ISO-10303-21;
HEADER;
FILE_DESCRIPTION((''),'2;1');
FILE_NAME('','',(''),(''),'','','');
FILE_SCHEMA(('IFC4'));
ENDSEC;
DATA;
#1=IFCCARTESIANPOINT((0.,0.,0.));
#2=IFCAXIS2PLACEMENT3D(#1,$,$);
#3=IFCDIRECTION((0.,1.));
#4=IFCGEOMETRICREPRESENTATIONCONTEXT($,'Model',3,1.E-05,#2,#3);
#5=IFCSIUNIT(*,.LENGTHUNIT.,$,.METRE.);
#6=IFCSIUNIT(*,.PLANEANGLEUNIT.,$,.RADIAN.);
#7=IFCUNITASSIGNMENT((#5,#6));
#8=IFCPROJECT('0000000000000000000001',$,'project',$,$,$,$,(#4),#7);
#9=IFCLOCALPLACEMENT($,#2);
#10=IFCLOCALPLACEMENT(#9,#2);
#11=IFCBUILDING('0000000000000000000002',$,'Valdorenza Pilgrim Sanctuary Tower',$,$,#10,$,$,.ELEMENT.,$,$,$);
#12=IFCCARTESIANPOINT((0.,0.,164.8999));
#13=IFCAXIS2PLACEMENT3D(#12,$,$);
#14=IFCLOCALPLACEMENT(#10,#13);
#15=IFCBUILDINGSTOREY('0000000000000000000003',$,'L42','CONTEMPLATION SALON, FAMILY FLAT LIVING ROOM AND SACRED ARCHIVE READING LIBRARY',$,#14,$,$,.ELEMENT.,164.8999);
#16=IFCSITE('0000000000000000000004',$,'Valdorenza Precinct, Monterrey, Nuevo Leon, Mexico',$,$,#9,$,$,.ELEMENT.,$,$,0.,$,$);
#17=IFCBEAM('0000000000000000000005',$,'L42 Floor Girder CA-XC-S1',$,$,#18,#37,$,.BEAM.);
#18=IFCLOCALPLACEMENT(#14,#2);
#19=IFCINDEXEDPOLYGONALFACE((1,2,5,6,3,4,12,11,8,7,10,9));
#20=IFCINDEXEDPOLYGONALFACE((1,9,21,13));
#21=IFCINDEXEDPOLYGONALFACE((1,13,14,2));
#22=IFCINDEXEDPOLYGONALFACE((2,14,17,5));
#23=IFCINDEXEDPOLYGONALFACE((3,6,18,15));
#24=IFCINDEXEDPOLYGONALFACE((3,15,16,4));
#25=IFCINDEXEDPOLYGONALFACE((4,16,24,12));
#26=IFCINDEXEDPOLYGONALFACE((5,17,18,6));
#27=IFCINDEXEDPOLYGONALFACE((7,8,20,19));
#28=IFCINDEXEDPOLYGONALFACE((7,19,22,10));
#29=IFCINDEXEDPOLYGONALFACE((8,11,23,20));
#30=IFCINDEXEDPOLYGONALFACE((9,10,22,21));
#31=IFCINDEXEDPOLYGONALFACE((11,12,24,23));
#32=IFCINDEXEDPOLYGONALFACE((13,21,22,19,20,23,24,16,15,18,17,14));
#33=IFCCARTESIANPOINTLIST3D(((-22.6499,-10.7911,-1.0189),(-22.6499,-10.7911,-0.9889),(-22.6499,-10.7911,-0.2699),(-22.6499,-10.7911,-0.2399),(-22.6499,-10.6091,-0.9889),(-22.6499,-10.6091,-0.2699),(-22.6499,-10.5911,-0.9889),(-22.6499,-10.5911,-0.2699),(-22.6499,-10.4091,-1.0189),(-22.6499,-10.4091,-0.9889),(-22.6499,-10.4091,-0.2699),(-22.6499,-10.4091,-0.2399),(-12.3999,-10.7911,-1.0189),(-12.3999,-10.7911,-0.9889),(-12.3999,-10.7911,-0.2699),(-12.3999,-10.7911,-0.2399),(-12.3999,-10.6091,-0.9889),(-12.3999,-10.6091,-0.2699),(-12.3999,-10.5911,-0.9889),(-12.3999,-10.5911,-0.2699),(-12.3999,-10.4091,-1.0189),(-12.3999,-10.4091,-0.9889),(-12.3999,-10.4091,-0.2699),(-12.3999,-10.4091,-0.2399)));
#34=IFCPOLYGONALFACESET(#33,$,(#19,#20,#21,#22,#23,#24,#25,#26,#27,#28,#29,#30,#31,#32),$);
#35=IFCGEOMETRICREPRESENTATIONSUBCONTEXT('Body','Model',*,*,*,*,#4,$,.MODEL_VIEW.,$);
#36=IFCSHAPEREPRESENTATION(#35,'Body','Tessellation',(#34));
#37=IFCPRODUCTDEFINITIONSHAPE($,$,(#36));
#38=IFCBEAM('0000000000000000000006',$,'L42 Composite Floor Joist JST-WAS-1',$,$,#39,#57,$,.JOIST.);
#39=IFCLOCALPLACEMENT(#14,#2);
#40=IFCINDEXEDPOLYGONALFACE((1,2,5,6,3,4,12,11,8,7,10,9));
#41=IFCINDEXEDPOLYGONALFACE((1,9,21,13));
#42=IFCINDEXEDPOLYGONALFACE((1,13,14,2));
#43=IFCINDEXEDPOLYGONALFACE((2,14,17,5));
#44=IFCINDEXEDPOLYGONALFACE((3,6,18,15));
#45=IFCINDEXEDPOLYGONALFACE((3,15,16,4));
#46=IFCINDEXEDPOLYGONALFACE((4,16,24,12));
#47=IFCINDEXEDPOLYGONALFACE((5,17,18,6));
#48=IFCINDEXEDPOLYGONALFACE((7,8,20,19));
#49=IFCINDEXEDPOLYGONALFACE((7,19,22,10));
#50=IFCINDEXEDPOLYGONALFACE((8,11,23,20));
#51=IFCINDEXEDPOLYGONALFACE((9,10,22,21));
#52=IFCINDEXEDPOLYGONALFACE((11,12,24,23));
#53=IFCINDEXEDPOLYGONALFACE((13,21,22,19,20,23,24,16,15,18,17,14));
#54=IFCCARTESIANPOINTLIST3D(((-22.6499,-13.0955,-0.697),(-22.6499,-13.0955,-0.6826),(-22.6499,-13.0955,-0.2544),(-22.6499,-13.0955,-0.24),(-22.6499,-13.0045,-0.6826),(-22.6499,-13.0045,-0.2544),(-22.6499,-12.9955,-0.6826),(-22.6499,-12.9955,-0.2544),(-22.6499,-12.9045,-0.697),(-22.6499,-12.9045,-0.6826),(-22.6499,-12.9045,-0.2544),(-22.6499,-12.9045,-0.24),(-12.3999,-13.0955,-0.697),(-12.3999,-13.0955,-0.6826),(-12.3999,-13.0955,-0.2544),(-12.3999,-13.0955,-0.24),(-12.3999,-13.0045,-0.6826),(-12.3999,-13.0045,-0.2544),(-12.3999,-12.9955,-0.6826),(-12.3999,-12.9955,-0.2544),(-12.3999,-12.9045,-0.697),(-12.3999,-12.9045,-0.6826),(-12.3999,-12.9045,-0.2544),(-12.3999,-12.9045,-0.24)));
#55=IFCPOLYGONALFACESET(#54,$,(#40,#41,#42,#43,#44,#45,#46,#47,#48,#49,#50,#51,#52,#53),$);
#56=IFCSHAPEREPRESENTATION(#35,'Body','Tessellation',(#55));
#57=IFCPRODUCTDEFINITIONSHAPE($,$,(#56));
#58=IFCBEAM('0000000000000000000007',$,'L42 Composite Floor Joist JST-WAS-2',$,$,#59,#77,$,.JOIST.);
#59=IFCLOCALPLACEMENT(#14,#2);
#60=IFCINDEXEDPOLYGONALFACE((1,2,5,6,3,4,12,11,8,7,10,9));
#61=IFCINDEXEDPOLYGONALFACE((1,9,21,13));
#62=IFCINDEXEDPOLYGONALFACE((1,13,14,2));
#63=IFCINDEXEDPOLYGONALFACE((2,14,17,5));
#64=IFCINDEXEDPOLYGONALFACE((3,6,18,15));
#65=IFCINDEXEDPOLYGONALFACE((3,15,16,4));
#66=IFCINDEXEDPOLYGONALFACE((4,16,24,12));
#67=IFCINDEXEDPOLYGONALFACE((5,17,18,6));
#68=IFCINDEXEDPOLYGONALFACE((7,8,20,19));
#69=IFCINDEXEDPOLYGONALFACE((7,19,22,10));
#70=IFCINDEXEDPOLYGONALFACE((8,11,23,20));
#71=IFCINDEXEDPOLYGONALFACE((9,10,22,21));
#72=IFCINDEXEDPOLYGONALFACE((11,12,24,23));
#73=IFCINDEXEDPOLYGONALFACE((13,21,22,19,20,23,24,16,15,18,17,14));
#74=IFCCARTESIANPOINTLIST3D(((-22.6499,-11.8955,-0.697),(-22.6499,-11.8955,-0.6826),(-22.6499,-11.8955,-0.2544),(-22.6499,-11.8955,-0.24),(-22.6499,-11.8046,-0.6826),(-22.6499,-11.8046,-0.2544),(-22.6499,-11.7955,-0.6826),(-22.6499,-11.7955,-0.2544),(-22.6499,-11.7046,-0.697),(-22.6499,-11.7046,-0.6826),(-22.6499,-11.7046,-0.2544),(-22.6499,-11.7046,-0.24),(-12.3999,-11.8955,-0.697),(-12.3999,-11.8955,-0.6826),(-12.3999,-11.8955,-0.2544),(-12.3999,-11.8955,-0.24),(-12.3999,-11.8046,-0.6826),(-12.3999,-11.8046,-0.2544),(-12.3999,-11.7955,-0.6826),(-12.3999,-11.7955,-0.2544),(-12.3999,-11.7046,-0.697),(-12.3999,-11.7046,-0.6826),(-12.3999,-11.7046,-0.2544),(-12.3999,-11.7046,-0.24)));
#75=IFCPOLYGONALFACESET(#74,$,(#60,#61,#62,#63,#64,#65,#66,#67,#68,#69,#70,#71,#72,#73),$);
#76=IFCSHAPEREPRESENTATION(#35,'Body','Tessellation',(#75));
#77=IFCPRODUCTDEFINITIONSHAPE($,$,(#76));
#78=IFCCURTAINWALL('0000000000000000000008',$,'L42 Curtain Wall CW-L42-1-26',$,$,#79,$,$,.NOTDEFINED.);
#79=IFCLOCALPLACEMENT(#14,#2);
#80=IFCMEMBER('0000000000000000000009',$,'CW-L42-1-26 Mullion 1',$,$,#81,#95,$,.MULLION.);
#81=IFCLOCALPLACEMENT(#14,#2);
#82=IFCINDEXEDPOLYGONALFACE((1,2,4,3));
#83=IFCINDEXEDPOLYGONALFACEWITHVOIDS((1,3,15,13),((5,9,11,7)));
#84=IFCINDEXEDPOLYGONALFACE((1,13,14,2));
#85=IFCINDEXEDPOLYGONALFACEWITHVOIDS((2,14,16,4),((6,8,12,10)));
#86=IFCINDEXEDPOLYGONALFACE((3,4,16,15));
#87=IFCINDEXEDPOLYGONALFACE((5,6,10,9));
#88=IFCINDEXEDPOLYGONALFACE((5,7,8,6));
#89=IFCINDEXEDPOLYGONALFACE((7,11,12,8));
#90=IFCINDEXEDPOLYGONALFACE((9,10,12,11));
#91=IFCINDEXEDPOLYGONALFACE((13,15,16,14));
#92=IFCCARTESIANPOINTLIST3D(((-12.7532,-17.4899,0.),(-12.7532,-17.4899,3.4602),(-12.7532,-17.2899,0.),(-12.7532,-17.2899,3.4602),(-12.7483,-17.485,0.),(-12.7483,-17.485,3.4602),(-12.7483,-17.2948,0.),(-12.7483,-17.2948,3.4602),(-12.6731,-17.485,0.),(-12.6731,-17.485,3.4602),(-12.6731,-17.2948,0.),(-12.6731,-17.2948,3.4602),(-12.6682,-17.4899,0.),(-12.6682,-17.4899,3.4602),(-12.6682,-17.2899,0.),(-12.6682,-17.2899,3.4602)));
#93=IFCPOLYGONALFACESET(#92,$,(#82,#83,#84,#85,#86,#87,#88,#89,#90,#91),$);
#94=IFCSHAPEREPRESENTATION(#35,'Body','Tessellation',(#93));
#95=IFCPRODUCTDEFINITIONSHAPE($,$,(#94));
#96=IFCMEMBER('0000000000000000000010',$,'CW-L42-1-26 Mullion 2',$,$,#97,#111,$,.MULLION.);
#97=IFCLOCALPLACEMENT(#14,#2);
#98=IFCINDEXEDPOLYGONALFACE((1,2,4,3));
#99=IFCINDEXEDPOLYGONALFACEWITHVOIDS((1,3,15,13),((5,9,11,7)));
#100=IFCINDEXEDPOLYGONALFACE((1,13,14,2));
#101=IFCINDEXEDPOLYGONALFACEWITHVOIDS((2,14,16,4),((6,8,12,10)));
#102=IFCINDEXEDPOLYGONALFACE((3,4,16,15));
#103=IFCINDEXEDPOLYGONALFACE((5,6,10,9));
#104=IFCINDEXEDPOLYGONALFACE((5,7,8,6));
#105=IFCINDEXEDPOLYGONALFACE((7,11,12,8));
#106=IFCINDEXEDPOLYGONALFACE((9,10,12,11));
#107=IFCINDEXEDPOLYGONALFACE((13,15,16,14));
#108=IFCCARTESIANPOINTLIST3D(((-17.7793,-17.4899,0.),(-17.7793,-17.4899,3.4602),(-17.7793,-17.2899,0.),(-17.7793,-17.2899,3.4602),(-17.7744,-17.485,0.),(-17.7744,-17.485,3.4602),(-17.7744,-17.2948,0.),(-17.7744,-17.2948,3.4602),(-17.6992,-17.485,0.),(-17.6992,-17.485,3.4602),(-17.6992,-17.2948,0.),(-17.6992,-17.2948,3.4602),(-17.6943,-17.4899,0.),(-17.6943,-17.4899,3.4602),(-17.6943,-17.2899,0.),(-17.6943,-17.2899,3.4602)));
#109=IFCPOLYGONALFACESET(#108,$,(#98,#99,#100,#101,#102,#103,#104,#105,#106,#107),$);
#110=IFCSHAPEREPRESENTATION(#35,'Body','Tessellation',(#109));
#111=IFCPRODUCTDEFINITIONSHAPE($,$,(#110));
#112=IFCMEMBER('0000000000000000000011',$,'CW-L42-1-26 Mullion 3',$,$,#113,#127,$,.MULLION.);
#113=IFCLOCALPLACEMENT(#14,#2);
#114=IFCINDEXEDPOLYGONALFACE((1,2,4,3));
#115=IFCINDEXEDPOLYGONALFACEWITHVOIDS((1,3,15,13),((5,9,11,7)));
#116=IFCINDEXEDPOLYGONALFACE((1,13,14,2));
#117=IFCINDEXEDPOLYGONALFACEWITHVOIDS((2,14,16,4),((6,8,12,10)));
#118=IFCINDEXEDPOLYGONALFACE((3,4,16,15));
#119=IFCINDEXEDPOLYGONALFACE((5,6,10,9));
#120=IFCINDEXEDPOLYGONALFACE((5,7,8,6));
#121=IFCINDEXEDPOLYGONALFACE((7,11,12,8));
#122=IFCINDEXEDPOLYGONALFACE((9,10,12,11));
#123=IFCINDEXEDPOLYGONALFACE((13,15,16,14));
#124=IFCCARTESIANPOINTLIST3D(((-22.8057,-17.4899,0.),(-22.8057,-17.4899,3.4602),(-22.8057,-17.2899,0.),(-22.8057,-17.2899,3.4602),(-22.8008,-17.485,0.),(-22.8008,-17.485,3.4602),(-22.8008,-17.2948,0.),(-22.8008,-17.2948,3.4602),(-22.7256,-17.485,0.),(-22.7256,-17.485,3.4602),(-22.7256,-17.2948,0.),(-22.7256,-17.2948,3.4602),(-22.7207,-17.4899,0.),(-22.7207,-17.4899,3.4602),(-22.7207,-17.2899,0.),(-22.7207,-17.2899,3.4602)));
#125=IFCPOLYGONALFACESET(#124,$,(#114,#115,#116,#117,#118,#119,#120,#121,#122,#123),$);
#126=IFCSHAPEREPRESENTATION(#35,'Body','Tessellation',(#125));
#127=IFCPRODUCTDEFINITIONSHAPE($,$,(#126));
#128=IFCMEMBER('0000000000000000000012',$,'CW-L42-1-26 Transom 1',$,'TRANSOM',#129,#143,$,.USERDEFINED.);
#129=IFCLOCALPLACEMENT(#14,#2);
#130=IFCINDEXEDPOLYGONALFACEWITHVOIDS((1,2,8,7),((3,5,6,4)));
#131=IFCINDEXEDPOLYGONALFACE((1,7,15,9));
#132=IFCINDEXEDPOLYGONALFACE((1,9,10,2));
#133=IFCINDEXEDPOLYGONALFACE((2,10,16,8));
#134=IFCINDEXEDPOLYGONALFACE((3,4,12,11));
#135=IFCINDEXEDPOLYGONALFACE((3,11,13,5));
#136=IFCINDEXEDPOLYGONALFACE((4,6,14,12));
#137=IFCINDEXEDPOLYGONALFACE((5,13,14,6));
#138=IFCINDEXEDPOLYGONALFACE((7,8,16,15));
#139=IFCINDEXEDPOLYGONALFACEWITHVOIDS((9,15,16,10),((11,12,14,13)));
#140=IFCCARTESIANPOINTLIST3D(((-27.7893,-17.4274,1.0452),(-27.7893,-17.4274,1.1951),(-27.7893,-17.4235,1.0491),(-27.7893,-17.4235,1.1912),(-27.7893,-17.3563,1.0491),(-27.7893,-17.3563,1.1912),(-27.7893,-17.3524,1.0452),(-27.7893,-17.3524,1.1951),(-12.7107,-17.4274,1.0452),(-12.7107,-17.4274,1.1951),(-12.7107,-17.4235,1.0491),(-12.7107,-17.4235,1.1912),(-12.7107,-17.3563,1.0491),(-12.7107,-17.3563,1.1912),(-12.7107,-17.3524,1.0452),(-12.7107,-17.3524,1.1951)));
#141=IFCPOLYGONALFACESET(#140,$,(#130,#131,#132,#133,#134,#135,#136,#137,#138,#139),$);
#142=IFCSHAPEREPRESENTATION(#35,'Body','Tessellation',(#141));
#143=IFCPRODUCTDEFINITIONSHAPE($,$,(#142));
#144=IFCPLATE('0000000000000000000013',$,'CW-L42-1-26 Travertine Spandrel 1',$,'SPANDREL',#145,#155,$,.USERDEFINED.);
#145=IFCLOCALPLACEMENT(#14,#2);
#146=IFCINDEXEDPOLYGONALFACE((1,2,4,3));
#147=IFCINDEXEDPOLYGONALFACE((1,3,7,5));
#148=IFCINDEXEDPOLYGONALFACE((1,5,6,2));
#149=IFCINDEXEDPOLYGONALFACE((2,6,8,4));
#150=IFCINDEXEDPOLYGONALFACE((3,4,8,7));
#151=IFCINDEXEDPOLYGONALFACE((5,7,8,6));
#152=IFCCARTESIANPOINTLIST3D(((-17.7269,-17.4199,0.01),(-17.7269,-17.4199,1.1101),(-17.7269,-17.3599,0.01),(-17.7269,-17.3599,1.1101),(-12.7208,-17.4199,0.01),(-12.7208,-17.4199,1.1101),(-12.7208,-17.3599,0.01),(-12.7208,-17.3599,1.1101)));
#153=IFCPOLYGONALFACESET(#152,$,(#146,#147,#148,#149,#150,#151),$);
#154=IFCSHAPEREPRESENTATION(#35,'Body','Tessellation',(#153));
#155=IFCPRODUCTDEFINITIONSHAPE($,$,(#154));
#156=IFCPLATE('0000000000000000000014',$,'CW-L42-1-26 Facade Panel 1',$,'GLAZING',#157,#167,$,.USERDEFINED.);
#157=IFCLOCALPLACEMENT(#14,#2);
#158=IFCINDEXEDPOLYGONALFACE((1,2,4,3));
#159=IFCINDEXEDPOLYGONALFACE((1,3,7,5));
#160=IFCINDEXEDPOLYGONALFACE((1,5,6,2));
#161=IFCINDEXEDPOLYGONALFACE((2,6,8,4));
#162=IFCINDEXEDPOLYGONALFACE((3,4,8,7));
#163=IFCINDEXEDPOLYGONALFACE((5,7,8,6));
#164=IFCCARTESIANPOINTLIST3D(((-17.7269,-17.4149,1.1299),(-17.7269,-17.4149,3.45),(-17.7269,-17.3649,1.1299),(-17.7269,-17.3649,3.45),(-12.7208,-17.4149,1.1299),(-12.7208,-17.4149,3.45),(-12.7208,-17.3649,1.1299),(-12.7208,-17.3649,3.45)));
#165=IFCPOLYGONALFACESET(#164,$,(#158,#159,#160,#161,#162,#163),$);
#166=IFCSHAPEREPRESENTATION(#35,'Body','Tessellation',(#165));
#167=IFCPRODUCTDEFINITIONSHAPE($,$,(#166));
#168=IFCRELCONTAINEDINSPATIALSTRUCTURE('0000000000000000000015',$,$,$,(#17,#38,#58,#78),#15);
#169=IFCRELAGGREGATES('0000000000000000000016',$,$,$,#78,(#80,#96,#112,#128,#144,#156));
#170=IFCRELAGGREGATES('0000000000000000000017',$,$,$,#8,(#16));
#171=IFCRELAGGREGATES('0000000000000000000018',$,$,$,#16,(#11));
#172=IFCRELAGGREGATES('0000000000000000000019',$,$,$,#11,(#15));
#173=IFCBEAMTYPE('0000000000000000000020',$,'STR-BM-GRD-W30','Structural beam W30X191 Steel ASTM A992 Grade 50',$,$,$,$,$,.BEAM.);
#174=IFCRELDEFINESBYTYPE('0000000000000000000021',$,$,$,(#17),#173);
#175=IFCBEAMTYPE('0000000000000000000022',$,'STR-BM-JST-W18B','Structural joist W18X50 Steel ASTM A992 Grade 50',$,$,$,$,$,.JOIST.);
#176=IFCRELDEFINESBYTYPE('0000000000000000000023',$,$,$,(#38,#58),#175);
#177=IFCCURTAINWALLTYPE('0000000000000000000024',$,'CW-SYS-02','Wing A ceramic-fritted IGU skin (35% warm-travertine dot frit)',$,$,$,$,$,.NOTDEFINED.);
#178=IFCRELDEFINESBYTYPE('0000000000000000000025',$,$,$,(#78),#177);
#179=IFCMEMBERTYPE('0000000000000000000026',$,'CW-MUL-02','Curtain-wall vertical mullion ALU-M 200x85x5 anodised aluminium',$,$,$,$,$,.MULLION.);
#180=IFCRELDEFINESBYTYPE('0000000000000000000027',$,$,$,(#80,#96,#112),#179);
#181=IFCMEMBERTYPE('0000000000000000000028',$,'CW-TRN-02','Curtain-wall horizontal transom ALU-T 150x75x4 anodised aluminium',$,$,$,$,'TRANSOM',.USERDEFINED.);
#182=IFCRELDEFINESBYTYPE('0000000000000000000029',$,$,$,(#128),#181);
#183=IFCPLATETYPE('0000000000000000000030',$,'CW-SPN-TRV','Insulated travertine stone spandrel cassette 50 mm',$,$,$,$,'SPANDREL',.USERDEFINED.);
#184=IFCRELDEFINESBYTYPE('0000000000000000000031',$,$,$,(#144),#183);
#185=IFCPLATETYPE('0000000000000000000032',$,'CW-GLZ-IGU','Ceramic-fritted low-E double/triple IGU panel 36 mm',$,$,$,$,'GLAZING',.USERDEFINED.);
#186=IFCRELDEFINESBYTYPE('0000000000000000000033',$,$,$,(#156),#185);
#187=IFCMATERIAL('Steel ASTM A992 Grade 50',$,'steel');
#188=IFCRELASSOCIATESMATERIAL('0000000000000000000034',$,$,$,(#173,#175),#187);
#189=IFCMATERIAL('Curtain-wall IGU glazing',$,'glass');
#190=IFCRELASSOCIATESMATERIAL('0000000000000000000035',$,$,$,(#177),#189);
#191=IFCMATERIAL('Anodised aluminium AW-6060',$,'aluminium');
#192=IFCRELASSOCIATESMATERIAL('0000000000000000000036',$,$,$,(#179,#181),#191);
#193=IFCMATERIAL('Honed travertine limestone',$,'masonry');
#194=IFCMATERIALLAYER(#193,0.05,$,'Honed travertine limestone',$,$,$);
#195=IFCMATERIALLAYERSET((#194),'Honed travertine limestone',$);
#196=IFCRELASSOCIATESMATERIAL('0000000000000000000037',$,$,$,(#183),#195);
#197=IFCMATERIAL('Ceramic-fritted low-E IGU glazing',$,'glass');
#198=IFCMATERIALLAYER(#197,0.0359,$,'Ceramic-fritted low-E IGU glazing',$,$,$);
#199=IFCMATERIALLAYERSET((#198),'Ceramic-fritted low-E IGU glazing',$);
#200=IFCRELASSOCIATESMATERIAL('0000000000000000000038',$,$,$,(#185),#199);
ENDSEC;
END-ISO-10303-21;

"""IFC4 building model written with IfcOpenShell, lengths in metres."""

from ifc_helpers import new_model, si_unit, direction, frame, origin, origin_2d, place, context, subcontext, project, spatial, rectangle, hollow_rectangle, i_section, extrude, source, transform, mapped, material, layer, layer_set, material_profile, profile_set, type_object, element, aggregate, save


model = new_model("IFC4")

# Units and contexts
model_context = context("Model", 3, precision=1e-05, world=origin(), true_north=direction((0.0, 1.0)))
body_context = subcontext(model_context, "Body", "Model", "MODEL_VIEW")
ifc_project = project(units=[si_unit("LENGTHUNIT", "METRE"), si_unit("PLANEANGLEUNIT", "RADIAN")], contexts=[model_context])

# Site, building, storey
site_placement = place(None, origin())
site = spatial("IfcSite", under=ifc_project, at=site_placement, Name="Valdorenza Precinct, Monterrey, Nuevo Leon, Mexico", CompositionType="ELEMENT", RefElevation=0.0)
building_placement = place(site_placement, origin())
building = spatial("IfcBuilding", under=site, at=building_placement, Name="Valdorenza Pilgrim Sanctuary Tower", CompositionType="ELEMENT")
storey_placement = place(building_placement, frame((0.0, 0.0, 164.8999)))
storey = spatial("IfcBuildingStorey", under=building, at=storey_placement, Name="L42", Description="CONTEMPLATION SALON, FAMILY FLAT LIVING ROOM AND SACRED ARCHIVE READING LIBRARY", CompositionType="ELEMENT", Elevation=164.8999)

# Shared definitions
ifc_material_1 = material(Name="Steel ASTM A992 Grade 50", Category="steel")

# Beams
ifc_material_profile_1 = material_profile(ifc_material_1, i_section(OverallWidth=0.3821, OverallDepth=0.7791, WebThickness=0.0181, FlangeThickness=0.03, at=origin_2d()), Name="W30X191")
ifc_profile_set_1 = profile_set([ifc_material_profile_1], Name="Steel ASTM A992 Grade 50")
beam_type_1 = type_object("IfcBeamType", Name="STR-BM-GRD-W30", Description="Structural beam W30X191 Steel ASTM A992 Grade 50", PredefinedType="BEAM", material=ifc_profile_set_1)
shared_shape_1 = source(origin(), body_context, "Body", "SweptSolid", [
    extrude(i_section(OverallWidth=0.3821, OverallDepth=0.7791, WebThickness=0.0181, FlangeThickness=0.03, at=origin_2d()), origin(), (0.0, 0.0, 1.0), 10.25),
])
beam_1_placement = place(storey_placement, frame((-22.6499, -10.6001, -0.6294), z_axis=(1.0, 0.0, 0.0), x_axis=(0.0, 1.0, 0.0)))
element("IfcBeam", 1, at=beam_1_placement, inside=storey, type_object=beam_type_1, Name="L42 Floor Girder CA-XC-S1", PredefinedType="BEAM", context=body_context, shape_type="MappedRepresentation", body=[
    mapped(shared_shape_1, transform((0.0, 0.0, 0.0), x_axis=(1.0, 0.0, 0.0), y_axis=(0.0, 1.0, 0.0), z_axis=(0.0, 0.0, 1.0), scale=1.0)),
])
ifc_material_profile_2 = material_profile(ifc_material_1, i_section(OverallWidth=0.1909, OverallDepth=0.457, WebThickness=0.009, FlangeThickness=0.0144, at=origin_2d()), Name="W18X50")
ifc_profile_set_2 = profile_set([ifc_material_profile_2], Name="Steel ASTM A992 Grade 50")
beam_type_2 = type_object("IfcBeamType", Name="STR-BM-JST-W18B", Description="Structural joist W18X50 Steel ASTM A992 Grade 50", PredefinedType="JOIST", material=ifc_profile_set_2)
shared_shape_2 = source(origin(), body_context, "Body", "SweptSolid", [
    extrude(i_section(OverallWidth=0.1909, OverallDepth=0.457, WebThickness=0.009, FlangeThickness=0.0144, at=origin_2d()), origin(), (0.0, 0.0, 1.0), 10.25),
])
for number, where, z_axis, x_axis, name in (
    (2, (-22.6499, -13.0, -0.4685), (1.0, 0.0, 0.0), (0.0, 1.0, 0.0), "L42 Composite Floor Joist JST-WAS-1"),
    (3, (-22.6499, -11.8, -0.4685), (1.0, 0.0, 0.0), (0.0, 1.0, 0.0), "L42 Composite Floor Joist JST-WAS-2"),
):
    element("IfcBeam", number, at=place(storey_placement, frame(where, z_axis=z_axis, x_axis=x_axis)), inside=storey, type_object=beam_type_2, Name=name, PredefinedType="JOIST", context=body_context, shape_type="MappedRepresentation", body=[
        mapped(shared_shape_2, transform((0.0, 0.0, 0.0), x_axis=(1.0, 0.0, 0.0), y_axis=(0.0, 1.0, 0.0), z_axis=(0.0, 0.0, 1.0), scale=1.0)),
    ])

# Curtain wall, members, plates
ifc_material_2 = material(Name="Curtain-wall IGU glazing", Category="glass")
curtain_wall_type = type_object("IfcCurtainWallType", Name="CW-SYS-02", Description="Wing A ceramic-fritted IGU skin (35% warm-travertine dot frit)", PredefinedType="NOTDEFINED", material=ifc_material_2)
curtain_wall_placement = place(storey_placement, origin())
curtain_wall = element("IfcCurtainWall", 4, at=curtain_wall_placement, inside=storey, type_object=curtain_wall_type, Name="L42 Curtain Wall CW-L42-1-26", PredefinedType="NOTDEFINED")
ifc_material_3 = material(Name="Anodised aluminium AW-6060", Category="aluminium")
ifc_material_profile_3 = material_profile(ifc_material_3, hollow_rectangle(XDim=0.085, YDim=0.2, WallThickness=0.0049, at=origin_2d()), Name="ALU-M 200x85x5")
ifc_profile_set_3 = profile_set([ifc_material_profile_3], Name="Anodised aluminium AW-6060")
member_type_1 = type_object("IfcMemberType", Name="CW-MUL-02", Description="Curtain-wall vertical mullion ALU-M 200x85x5 anodised aluminium", PredefinedType="MULLION", material=ifc_profile_set_3)
shared_shape_3 = source(origin(), body_context, "Body", "SweptSolid", [
    extrude(hollow_rectangle(XDim=0.085, YDim=0.2, WallThickness=0.0049, at=origin_2d()), origin(), (0.0, 0.0, 1.0), 3.4602),
])
member_1_placement = place(storey_placement, frame((-12.7107, -17.3899, 0.0), z_axis=(0.0, 0.0, 1.0), x_axis=(-1.0, 0.0, 0.0)))
member_1 = element("IfcMember", 5, at=member_1_placement, type_object=member_type_1, Name="CW-L42-1-26 Mullion 1", PredefinedType="MULLION", context=body_context, shape_type="MappedRepresentation", body=[
    mapped(shared_shape_3, transform((0.0, 0.0, 0.0), x_axis=(1.0, 0.0, 0.0), y_axis=(0.0, 1.0, 0.0), z_axis=(0.0, 0.0, 1.0), scale=1.0)),
])
member_2_placement = place(storey_placement, frame((-17.7368, -17.3899, 0.0), z_axis=(0.0, 0.0, 1.0), x_axis=(-1.0, 0.0, 0.0)))
member_2 = element("IfcMember", 6, at=member_2_placement, type_object=member_type_1, Name="CW-L42-1-26 Mullion 2", PredefinedType="MULLION", context=body_context, shape_type="MappedRepresentation", body=[
    mapped(shared_shape_3, transform((0.0, 0.0, 0.0), x_axis=(1.0, 0.0, 0.0), y_axis=(0.0, 1.0, 0.0), z_axis=(0.0, 0.0, 1.0), scale=1.0)),
])
member_3_placement = place(storey_placement, frame((-22.7632, -17.3899, 0.0), z_axis=(0.0, 0.0, 1.0), x_axis=(-1.0, 0.0, 0.0)))
member_3 = element("IfcMember", 7, at=member_3_placement, type_object=member_type_1, Name="CW-L42-1-26 Mullion 3", PredefinedType="MULLION", context=body_context, shape_type="MappedRepresentation", body=[
    mapped(shared_shape_3, transform((0.0, 0.0, 0.0), x_axis=(1.0, 0.0, 0.0), y_axis=(0.0, 1.0, 0.0), z_axis=(0.0, 0.0, 1.0), scale=1.0)),
])
ifc_material_profile_4 = material_profile(ifc_material_3, hollow_rectangle(XDim=0.075, YDim=0.1499, WallThickness=0.0039, at=origin_2d()), Name="ALU-T 150x75x4")
ifc_profile_set_4 = profile_set([ifc_material_profile_4], Name="Anodised aluminium AW-6060")
member_type_2 = type_object("IfcMemberType", Name="CW-TRN-02", Description="Curtain-wall horizontal transom ALU-T 150x75x4 anodised aluminium", ElementType="TRANSOM", PredefinedType="USERDEFINED", material=ifc_profile_set_4)
shared_shape_4 = source(origin(), body_context, "Body", "SweptSolid", [
    extrude(hollow_rectangle(XDim=0.075, YDim=0.1499, WallThickness=0.0039, at=origin_2d()), origin(), (0.0, 0.0, 1.0), 15.0786),
])
member_4_placement = place(storey_placement, frame((-12.7107, -17.3899, 1.1201), z_axis=(-1.0, 0.0, 0.0), x_axis=(0.0, -1.0, 0.0)))
member_4 = element("IfcMember", 8, at=member_4_placement, type_object=member_type_2, Name="CW-L42-1-26 Transom 1", ObjectType="TRANSOM", PredefinedType="USERDEFINED", context=body_context, shape_type="MappedRepresentation", body=[
    mapped(shared_shape_4, transform((0.0, 0.0, 0.0), x_axis=(1.0, 0.0, 0.0), y_axis=(0.0, 1.0, 0.0), z_axis=(0.0, 0.0, 1.0), scale=1.0)),
])
ifc_material_4 = material(Name="Honed travertine limestone", Category="masonry")
ifc_layer_1 = layer(ifc_material_4, 0.05, Name="Honed travertine limestone")
ifc_layer_set_1 = layer_set([ifc_layer_1], Name="Honed travertine limestone")
plate_type_1 = type_object("IfcPlateType", Name="CW-SPN-TRV", Description="Insulated travertine stone spandrel cassette 50 mm", ElementType="SPANDREL", PredefinedType="USERDEFINED", material=ifc_layer_set_1)
shared_shape_5 = source(origin(), body_context, "Body", "SweptSolid", [
    extrude(rectangle(XDim=5.0061, YDim=0.0601, at=origin_2d()), origin(), (0.0, 0.0, 1.0), 1.1001),
])
plate_1_placement = place(storey_placement, frame((-15.2239, -17.3899, 0.01), z_axis=(0.0, 0.0, 1.0), x_axis=(-1.0, 0.0, 0.0)))
plate_1 = element("IfcPlate", 9, at=plate_1_placement, type_object=plate_type_1, Name="CW-L42-1-26 Travertine Spandrel 1", ObjectType="SPANDREL", PredefinedType="USERDEFINED", context=body_context, shape_type="MappedRepresentation", body=[
    mapped(shared_shape_5, transform((0.0, 0.0, 0.0), x_axis=(1.0, 0.0, 0.0), y_axis=(0.0, 1.0, 0.0), z_axis=(0.0, 0.0, 1.0), scale=1.0)),
])
ifc_material_5 = material(Name="Ceramic-fritted low-E IGU glazing", Category="glass")
ifc_layer_2 = layer(ifc_material_5, 0.0359, Name="Ceramic-fritted low-E IGU glazing")
ifc_layer_set_2 = layer_set([ifc_layer_2], Name="Ceramic-fritted low-E IGU glazing")
plate_type_2 = type_object("IfcPlateType", Name="CW-GLZ-IGU", Description="Ceramic-fritted low-E double/triple IGU panel 36 mm", ElementType="GLAZING", PredefinedType="USERDEFINED", material=ifc_layer_set_2)
shared_shape_6 = source(origin(), body_context, "Body", "SweptSolid", [
    extrude(rectangle(XDim=5.0061, YDim=0.05, at=origin_2d()), origin(), (0.0, 0.0, 1.0), 2.3201),
])
plate_2_placement = place(storey_placement, frame((-15.2239, -17.3899, 1.1299), z_axis=(0.0, 0.0, 1.0), x_axis=(-1.0, 0.0, 0.0)))
plate_2 = element("IfcPlate", 10, at=plate_2_placement, type_object=plate_type_2, Name="CW-L42-1-26 Facade Panel 1", ObjectType="GLAZING", PredefinedType="USERDEFINED", context=body_context, shape_type="MappedRepresentation", body=[
    mapped(shared_shape_6, transform((0.0, 0.0, 0.0), x_axis=(1.0, 0.0, 0.0), y_axis=(0.0, 1.0, 0.0), z_axis=(0.0, 0.0, 1.0), scale=1.0)),
])
aggregate(curtain_wall, [member_1, member_2, member_3, member_4, plate_1, plate_2])

save(model, "model.ifc")
